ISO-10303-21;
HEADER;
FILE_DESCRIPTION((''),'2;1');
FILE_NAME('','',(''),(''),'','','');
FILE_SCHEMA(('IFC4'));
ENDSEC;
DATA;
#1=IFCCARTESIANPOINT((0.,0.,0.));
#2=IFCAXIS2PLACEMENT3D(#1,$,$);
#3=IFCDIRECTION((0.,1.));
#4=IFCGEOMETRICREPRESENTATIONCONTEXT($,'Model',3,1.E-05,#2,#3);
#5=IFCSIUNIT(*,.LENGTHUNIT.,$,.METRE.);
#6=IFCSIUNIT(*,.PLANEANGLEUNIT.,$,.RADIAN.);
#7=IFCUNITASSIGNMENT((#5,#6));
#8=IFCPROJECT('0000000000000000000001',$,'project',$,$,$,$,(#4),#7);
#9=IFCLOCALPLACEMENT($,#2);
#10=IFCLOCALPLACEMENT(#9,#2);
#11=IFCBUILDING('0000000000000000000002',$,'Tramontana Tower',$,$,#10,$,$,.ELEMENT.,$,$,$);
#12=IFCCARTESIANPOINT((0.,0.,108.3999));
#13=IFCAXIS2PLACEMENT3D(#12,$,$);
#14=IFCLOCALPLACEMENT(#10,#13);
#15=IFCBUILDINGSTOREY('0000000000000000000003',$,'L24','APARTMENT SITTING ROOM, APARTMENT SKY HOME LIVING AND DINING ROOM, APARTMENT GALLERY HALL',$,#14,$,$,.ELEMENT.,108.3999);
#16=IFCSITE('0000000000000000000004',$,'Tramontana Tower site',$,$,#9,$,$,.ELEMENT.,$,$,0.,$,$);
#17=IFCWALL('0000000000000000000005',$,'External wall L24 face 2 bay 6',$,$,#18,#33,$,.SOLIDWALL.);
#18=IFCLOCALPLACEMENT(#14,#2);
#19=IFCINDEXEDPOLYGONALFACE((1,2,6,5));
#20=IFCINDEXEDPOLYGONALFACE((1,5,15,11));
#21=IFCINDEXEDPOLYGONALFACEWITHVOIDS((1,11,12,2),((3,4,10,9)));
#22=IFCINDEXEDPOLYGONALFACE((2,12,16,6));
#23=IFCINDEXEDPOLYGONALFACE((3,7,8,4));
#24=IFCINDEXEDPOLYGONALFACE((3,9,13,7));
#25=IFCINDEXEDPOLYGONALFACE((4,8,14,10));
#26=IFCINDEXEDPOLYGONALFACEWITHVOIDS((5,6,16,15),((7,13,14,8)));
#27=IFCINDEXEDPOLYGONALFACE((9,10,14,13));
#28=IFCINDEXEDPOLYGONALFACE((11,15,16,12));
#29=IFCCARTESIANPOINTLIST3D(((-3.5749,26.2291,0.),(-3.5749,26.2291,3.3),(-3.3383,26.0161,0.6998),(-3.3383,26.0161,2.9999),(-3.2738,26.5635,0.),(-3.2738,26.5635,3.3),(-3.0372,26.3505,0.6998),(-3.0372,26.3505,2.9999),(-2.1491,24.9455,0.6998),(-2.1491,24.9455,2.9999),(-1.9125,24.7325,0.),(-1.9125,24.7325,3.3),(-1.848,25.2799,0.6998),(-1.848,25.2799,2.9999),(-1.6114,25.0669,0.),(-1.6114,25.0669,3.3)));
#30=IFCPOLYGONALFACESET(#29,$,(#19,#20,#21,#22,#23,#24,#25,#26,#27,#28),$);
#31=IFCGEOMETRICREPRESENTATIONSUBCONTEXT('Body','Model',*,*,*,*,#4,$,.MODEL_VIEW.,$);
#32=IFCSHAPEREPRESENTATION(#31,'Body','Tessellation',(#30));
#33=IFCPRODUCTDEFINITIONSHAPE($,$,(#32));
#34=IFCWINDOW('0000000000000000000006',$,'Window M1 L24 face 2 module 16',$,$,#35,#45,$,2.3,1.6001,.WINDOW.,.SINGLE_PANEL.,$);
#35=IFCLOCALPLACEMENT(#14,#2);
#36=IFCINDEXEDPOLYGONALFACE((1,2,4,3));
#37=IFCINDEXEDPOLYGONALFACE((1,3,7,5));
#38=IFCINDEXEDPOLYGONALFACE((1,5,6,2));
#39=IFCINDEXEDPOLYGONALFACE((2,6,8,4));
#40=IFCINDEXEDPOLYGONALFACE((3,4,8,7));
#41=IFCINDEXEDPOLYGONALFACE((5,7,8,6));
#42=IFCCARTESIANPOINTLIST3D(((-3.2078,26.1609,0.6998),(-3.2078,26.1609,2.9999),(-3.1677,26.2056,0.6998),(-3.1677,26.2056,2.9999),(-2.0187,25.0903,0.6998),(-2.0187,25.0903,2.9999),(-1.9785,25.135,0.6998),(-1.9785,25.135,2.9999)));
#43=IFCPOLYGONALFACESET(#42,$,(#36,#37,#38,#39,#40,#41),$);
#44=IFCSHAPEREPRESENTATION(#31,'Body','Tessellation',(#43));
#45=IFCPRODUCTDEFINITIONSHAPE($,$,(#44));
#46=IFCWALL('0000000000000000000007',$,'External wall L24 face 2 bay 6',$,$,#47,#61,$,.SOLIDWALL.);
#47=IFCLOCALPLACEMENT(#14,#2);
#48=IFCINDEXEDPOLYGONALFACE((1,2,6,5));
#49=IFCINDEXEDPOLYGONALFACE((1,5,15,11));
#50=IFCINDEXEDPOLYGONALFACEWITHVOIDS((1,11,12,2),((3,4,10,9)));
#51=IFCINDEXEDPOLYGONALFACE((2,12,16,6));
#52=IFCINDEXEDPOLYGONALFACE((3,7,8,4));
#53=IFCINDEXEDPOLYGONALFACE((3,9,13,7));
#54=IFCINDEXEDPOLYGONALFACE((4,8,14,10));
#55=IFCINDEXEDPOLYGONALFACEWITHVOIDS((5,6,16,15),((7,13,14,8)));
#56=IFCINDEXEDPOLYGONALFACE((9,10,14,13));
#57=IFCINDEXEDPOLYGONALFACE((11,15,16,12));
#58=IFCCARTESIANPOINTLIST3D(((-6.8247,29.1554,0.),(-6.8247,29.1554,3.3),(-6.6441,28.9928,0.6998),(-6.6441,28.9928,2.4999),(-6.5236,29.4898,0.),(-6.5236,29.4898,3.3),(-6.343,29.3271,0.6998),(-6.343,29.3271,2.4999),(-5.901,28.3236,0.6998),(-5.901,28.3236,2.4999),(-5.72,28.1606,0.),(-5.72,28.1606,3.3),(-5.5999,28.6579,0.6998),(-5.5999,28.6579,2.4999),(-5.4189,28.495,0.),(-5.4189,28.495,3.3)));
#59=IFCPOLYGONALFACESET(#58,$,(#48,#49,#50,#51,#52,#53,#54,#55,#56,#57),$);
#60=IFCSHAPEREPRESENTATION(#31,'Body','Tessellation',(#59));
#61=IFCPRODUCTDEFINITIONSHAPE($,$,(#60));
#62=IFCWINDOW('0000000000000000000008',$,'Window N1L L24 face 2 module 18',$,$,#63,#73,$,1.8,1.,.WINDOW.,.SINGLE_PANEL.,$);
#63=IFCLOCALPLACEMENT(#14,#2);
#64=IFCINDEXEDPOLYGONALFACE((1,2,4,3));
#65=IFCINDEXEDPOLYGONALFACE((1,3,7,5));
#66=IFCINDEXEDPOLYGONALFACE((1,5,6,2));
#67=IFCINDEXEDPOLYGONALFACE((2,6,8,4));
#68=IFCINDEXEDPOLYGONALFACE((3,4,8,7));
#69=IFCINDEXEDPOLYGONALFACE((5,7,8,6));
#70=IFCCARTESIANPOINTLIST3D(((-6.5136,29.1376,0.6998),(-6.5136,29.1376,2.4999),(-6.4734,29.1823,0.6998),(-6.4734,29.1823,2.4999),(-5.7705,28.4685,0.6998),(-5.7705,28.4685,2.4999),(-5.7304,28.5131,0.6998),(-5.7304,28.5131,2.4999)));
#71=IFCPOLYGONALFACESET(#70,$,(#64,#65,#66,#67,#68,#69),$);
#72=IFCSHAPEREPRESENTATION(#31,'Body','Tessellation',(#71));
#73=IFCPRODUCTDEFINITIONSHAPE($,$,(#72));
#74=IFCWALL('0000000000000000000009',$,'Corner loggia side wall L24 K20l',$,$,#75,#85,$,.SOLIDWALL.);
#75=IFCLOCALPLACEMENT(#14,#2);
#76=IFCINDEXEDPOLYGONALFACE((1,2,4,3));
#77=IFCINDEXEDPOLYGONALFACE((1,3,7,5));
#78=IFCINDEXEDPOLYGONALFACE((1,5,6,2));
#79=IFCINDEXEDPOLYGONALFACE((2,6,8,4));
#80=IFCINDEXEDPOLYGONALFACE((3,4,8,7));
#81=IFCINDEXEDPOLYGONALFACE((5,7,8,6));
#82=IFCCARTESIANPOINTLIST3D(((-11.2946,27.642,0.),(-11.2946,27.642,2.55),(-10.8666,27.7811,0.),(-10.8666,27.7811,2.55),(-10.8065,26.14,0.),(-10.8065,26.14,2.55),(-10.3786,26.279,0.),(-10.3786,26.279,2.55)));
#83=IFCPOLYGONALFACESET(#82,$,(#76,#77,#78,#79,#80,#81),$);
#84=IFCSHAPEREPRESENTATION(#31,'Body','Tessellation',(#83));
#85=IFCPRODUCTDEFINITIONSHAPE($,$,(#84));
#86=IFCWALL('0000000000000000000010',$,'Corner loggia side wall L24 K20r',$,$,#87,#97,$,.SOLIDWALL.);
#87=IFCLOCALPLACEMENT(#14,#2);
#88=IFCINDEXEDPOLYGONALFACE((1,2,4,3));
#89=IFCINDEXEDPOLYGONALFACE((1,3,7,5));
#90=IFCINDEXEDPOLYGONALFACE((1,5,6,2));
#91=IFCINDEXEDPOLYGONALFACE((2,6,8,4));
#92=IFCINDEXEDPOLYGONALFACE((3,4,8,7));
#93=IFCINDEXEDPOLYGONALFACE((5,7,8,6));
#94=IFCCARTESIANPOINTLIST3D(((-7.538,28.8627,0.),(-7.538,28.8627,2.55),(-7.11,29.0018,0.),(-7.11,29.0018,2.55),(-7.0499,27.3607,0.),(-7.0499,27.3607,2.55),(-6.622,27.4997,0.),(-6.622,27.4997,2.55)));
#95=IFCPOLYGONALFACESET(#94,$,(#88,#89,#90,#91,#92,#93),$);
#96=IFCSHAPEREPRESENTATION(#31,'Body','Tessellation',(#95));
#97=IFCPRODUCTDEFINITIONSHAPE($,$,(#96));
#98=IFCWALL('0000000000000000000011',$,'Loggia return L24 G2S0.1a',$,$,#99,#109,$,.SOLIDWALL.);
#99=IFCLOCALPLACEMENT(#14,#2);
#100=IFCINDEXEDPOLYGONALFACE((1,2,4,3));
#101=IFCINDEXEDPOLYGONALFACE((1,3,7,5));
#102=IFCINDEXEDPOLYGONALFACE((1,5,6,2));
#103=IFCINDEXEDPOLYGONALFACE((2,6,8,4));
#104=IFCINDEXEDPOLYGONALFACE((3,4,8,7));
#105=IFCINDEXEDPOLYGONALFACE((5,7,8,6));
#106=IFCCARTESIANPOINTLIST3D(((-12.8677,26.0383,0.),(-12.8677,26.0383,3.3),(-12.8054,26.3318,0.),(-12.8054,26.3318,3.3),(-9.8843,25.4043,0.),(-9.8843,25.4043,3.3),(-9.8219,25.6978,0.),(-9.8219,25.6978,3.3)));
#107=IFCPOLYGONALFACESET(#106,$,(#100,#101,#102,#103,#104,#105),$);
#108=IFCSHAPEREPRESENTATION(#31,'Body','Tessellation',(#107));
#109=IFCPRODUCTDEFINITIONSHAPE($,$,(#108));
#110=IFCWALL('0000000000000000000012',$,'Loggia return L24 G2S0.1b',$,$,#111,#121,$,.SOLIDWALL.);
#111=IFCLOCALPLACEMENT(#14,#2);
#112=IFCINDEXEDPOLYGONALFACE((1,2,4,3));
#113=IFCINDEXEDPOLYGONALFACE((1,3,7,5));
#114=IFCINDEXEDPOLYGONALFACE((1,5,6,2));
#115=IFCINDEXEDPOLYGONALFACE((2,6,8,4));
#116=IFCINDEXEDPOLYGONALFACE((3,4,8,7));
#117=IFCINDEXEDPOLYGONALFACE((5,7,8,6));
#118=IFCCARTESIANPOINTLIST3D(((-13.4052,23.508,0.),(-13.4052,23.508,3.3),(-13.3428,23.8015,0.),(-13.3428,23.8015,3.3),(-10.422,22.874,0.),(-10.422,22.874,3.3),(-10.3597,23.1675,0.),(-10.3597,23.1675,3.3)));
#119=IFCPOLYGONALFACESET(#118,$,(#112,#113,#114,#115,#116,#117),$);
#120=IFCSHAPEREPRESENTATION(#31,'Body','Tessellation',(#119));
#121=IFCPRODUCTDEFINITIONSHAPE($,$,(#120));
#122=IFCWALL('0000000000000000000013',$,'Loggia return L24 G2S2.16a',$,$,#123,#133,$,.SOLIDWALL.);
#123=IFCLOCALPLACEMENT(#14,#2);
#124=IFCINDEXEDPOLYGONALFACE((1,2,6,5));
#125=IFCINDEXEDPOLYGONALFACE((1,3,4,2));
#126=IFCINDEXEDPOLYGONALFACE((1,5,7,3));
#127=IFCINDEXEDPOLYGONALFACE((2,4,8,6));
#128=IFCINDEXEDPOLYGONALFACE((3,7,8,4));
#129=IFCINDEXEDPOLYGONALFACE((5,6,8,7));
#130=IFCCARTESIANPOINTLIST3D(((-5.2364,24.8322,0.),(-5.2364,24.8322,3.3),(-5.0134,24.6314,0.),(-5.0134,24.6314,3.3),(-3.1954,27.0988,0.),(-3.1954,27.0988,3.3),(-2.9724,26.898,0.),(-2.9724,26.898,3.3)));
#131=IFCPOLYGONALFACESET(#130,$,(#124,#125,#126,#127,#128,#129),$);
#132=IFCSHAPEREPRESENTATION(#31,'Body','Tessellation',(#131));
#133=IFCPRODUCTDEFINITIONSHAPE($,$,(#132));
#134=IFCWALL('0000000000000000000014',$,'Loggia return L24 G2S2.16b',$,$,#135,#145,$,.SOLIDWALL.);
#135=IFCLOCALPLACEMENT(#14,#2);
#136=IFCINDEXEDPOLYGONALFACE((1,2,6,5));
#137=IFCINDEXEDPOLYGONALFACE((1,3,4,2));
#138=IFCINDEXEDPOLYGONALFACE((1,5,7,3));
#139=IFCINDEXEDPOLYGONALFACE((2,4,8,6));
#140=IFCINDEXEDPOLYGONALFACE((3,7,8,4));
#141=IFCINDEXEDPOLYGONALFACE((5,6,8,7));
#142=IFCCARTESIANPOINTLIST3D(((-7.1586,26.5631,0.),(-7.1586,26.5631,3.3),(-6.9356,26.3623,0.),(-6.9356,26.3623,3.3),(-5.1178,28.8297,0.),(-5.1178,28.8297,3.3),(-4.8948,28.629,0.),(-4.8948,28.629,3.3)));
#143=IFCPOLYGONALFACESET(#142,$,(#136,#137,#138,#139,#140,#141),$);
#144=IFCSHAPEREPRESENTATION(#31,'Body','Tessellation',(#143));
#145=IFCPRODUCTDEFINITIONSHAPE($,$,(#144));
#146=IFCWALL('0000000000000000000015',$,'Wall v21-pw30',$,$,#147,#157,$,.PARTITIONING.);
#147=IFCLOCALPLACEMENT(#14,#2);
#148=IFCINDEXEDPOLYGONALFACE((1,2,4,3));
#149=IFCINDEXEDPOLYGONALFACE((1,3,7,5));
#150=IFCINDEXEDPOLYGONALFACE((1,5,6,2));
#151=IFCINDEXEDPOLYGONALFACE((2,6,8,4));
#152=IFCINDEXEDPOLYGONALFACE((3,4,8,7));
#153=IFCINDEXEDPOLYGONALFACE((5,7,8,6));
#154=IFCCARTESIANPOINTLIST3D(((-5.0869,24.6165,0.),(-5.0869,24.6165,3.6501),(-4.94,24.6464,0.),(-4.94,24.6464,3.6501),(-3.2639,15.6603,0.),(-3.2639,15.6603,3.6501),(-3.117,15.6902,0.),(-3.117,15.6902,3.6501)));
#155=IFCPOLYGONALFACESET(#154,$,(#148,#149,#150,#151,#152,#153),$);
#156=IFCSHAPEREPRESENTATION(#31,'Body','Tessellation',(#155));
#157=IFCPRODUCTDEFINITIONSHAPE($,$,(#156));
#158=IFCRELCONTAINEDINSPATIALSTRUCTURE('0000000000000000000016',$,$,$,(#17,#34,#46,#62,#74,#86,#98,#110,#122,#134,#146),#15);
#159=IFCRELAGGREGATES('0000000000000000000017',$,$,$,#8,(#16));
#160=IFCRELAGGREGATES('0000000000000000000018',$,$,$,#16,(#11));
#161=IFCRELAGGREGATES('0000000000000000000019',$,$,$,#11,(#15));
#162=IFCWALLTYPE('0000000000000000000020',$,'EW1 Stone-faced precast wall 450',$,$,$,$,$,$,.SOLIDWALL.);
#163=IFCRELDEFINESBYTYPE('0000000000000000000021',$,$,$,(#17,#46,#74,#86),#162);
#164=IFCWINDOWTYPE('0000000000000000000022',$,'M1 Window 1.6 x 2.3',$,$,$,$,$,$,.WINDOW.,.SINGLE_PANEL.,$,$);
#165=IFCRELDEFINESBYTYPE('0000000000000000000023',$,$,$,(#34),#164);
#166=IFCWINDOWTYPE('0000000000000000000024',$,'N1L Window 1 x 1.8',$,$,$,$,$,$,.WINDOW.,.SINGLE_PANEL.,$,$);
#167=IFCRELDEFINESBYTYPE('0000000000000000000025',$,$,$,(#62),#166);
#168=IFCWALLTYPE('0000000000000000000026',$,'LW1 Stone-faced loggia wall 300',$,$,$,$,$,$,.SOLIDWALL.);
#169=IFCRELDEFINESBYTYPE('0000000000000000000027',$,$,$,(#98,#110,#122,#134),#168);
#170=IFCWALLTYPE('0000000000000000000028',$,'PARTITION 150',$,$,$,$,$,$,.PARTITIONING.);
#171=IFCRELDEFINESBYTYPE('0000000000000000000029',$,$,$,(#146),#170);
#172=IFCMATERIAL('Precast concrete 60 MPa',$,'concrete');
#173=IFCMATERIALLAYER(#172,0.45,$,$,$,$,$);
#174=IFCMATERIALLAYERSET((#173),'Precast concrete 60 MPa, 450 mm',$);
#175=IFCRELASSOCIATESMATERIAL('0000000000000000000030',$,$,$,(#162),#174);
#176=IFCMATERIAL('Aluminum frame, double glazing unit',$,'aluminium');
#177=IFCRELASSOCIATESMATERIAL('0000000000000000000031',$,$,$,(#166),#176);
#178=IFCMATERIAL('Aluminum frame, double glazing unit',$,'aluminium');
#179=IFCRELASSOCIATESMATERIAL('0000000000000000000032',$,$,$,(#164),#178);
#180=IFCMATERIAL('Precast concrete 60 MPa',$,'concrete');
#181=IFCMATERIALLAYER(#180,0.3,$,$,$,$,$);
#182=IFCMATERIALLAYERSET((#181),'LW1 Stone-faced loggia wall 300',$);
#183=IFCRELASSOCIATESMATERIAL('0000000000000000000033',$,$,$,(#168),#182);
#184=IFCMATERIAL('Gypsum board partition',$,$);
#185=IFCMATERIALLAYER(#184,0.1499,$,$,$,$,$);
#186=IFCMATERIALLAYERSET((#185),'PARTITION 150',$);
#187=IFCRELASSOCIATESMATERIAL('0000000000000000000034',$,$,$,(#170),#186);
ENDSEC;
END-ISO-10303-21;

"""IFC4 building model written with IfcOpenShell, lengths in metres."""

from ifc_helpers import new_model, si_unit, direction, frame, frame_2d, origin, place, context, subcontext, project, spatial, rectangle, extrude, material, layer, layer_set, type_object, element, fill, save


model = new_model("IFC4")

# Units and contexts
model_context = context("Model", 3, precision=1e-05, world=origin(), true_north=direction((0.0, 1.0)))
body_context = subcontext(model_context, "Body", "Model", "MODEL_VIEW")
ifc_project = project(units=[si_unit("LENGTHUNIT", "METRE"), si_unit("PLANEANGLEUNIT", "RADIAN")], contexts=[model_context])

# Site, building, storey
site_placement = place(None, origin())
site = spatial("IfcSite", under=ifc_project, at=site_placement, Name="Tramontana Tower site", CompositionType="ELEMENT", RefElevation=0.0)
building_placement = place(site_placement, origin())
building = spatial("IfcBuilding", under=site, at=building_placement, Name="Tramontana Tower", CompositionType="ELEMENT")
storey_placement = place(building_placement, frame((0.0, 0.0, 108.3999)))
storey = spatial("IfcBuildingStorey", under=building, at=storey_placement, Name="L24", Description="APARTMENT SITTING ROOM, APARTMENT SKY HOME LIVING AND DINING ROOM, APARTMENT GALLERY HALL", CompositionType="ELEMENT", Elevation=108.3999)

# Walls, openings, windows
ifc_material_1 = material(Name="Precast concrete 60 MPa", Category="concrete")
ifc_layer_1 = layer(ifc_material_1, 0.45)
ifc_layer_set_1 = layer_set([ifc_layer_1], Name="Precast concrete 60 MPa, 450 mm")
wall_type_1 = type_object("IfcWallType", Name="EW1 Stone-faced precast wall 450", PredefinedType="SOLIDWALL", material=ifc_layer_set_1)
ifc_material_2 = material(Name="Aluminum frame, double glazing unit", Category="aluminium")
window_type_1 = type_object("IfcWindowType", Name="N1L Window 1 x 1.8", PartitioningType="SINGLE_PANEL", PredefinedType="WINDOW", material=ifc_material_2)
wall_1_placement = place(storey_placement, frame((-1.762, 24.8997, 0.0), z_axis=(0.0, 0.0, 1.0), x_axis=(-0.743191, 0.669079, 0.0)))
wall_1 = element("IfcWall", 1, at=wall_1_placement, inside=storey, type_object=wall_type_1, Name="External wall L24 face 2 bay 6", PredefinedType="SOLIDWALL", context=body_context, shape_type="SweptSolid", body=[
    extrude(rectangle(XDim=2.2368, YDim=0.45, at=frame_2d((1.1184, 0.0))), origin(), (0.0, 0.0, 1.0), 3.3),
])
opening_1_placement = place(wall_1_placement, frame((0.3184, 0.0, 0.7)))
opening_1 = element("IfcOpeningElement", 2, at=opening_1_placement, cuts=wall_1, PredefinedType="OPENING", context=body_context, shape_type="SweptSolid", body=[
    extrude(rectangle(XDim=1.6001, YDim=2.3, at=frame_2d((0.8, 1.1499))), frame((0.0, 0.2349, 0.0), z_axis=(0.0, -1.0, 0.0), x_axis=(1.0, 0.0, 0.0)), (0.0, 0.0, 1.0), 0.47),
])
ifc_material_3 = material(Name="Aluminum frame, double glazing unit", Category="aluminium")
window_type_2 = type_object("IfcWindowType", Name="M1 Window 1.6 x 2.3", PartitioningType="SINGLE_PANEL", PredefinedType="WINDOW", material=ifc_material_3)
window_1_placement = place(opening_1_placement, origin())
window_1 = element("IfcWindow", 3, at=window_1_placement, inside=storey, type_object=window_type_2, Name="Window M1 L24 face 2 module 16", OverallHeight=2.3, OverallWidth=1.6001, PartitioningType="SINGLE_PANEL", PredefinedType="WINDOW", context=body_context, shape_type="SweptSolid", body=[
    extrude(rectangle(XDim=1.6001, YDim=2.3, at=frame_2d((0.8, 1.1499))), frame((0.0, 0.03, 0.0), z_axis=(0.0, -1.0, 0.0), x_axis=(1.0, 0.0, 0.0)), (0.0, 0.0, 1.0), 0.0601),
])
fill(opening_1, window_1)
wall_2_placement = place(storey_placement, frame((-5.5696, 28.3279, 0.0), z_axis=(0.0, 0.0, 1.0), x_axis=(-0.74309, 0.669192, 0.0)))
wall_2 = element("IfcWall", 4, at=wall_2_placement, inside=storey, type_object=wall_type_1, Name="External wall L24 face 2 bay 6", PredefinedType="SOLIDWALL", context=body_context, shape_type="SweptSolid", body=[
    extrude(rectangle(XDim=1.4866, YDim=0.45, at=frame_2d((0.7432, 0.0))), origin(), (0.0, 0.0, 1.0), 3.3),
])
opening_2_placement = place(wall_2_placement, frame((0.2434, 0.0, 0.7)))
opening_2 = element("IfcOpeningElement", 5, at=opening_2_placement, cuts=wall_2, PredefinedType="OPENING", context=body_context, shape_type="SweptSolid", body=[
    extrude(rectangle(XDim=1.0, YDim=1.8, at=frame_2d((0.5, 0.8999))), frame((0.0, 0.2349, 0.0), z_axis=(0.0, -1.0, 0.0), x_axis=(1.0, 0.0, 0.0)), (0.0, 0.0, 1.0), 0.47),
])
window_2_placement = place(opening_2_placement, origin())
window_2 = element("IfcWindow", 6, at=window_2_placement, inside=storey, type_object=window_type_1, Name="Window N1L L24 face 2 module 18", OverallHeight=1.8, OverallWidth=1.0, PartitioningType="SINGLE_PANEL", PredefinedType="WINDOW", context=body_context, shape_type="SweptSolid", body=[
    extrude(rectangle(XDim=1.0, YDim=1.8, at=frame_2d((0.5, 0.8999))), frame((0.0, 0.03, 0.0), z_axis=(0.0, -1.0, 0.0), x_axis=(1.0, 0.0, 0.0)), (0.0, 0.0, 1.0), 0.0601),
])
fill(opening_2, window_2)

# Walls
for number, where, z_axis, x_axis, name in (
    (7, (-11.0806, 27.7114, 0.0), (0.0, 0.0, 1.0), (0.30903, -0.951052, 0.0), "Corner loggia side wall L24 K20l"),
    (8, (-7.324, 28.9321, 0.0), (0.0, 0.0, 1.0), (0.30903, -0.951052, 0.0), "Corner loggia side wall L24 K20r"),
):
    element("IfcWall", number, at=place(storey_placement, frame(where, z_axis=z_axis, x_axis=x_axis)), inside=storey, type_object=wall_type_1, Name=name, PredefinedType="SOLIDWALL", context=body_context, shape_type="SweptSolid", body=[
        extrude(rectangle(XDim=1.5793, YDim=0.45, at=frame_2d((0.7896, 0.0))), origin(), (0.0, 0.0, 1.0), 2.55),
    ])

# Shared definitions
ifc_material_4 = material(Name="Precast concrete 60 MPa", Category="concrete")
ifc_layer_2 = layer(ifc_material_4, 0.3)
ifc_layer_set_2 = layer_set([ifc_layer_2], Name="LW1 Stone-faced loggia wall 300")
wall_type_2 = type_object("IfcWallType", Name="LW1 Stone-faced loggia wall 300", PredefinedType="SOLIDWALL", material=ifc_layer_set_2)

# Walls
wall_3_placement = place(storey_placement, frame((-12.8364, 26.1851, 0.0), z_axis=(0.0, 0.0, 1.0), x_axis=(0.978155, -0.207878, 0.0)))
element("IfcWall", 9, at=wall_3_placement, inside=storey, type_object=wall_type_2, Name="Loggia return L24 G2S0.1a", PredefinedType="SOLIDWALL", context=body_context, shape_type="SweptSolid", body=[
    extrude(rectangle(XDim=3.05, YDim=0.3, at=frame_2d((1.5249, 0.0))), origin(), (0.0, 0.0, 1.0), 3.3),
])
wall_4_placement = place(storey_placement, frame((-13.374, 23.6548, 0.0), z_axis=(0.0, 0.0, 1.0), x_axis=(0.978151, -0.207894, 0.0)))
element("IfcWall", 10, at=wall_4_placement, inside=storey, type_object=wall_type_2, Name="Loggia return L24 G2S0.1b", PredefinedType="SOLIDWALL", context=body_context, shape_type="SweptSolid", body=[
    extrude(rectangle(XDim=3.0498, YDim=0.3, at=frame_2d((1.5249, 0.0))), origin(), (0.0, 0.0, 1.0), 3.3),
])

# Walls
for number, where, z_axis, x_axis, name in (
    (11, (-3.084, 26.9983, 0.0), (0.0, 0.0, 1.0), (-0.669159, -0.743119, 0.0), "Loggia return L24 G2S2.16a"),
    (12, (-5.0063, 28.7292, 0.0), (0.0, 0.0, 1.0), (-0.669115, -0.743159, 0.0), "Loggia return L24 G2S2.16b"),
):
    element("IfcWall", number, at=place(storey_placement, frame(where, z_axis=z_axis, x_axis=x_axis)), inside=storey, type_object=wall_type_2, Name=name, PredefinedType="SOLIDWALL", context=body_context, shape_type="SweptSolid", body=[
        extrude(rectangle(XDim=3.05, YDim=0.3, at=frame_2d((1.5249, 0.0))), origin(), (0.0, 0.0, 1.0), 3.3),
    ])
ifc_material_5 = material(Name="Gypsum board partition")
ifc_layer_3 = layer(ifc_material_5, 0.1499)
ifc_layer_set_3 = layer_set([ifc_layer_3], Name="PARTITION 150")
wall_type_3 = type_object("IfcWallType", Name="PARTITION 150", PredefinedType="PARTITIONING", material=ifc_layer_set_3)
wall_5_placement = place(storey_placement, frame((-5.0134, 24.6313, 0.0), z_axis=(0.0, 0.0, 1.0), x_axis=(0.199454, -0.979907, 0.0)))
element("IfcWall", 13, at=wall_5_placement, inside=storey, type_object=wall_type_3, Name="Wall v21-pw30", PredefinedType="PARTITIONING", context=body_context, shape_type="SweptSolid", body=[
    extrude(rectangle(XDim=9.1399, YDim=0.1499, at=frame_2d((4.5698, 0.0))), origin(), (0.0, 0.0, 1.0), 3.6501),
])

save(model, "model.ifc")
